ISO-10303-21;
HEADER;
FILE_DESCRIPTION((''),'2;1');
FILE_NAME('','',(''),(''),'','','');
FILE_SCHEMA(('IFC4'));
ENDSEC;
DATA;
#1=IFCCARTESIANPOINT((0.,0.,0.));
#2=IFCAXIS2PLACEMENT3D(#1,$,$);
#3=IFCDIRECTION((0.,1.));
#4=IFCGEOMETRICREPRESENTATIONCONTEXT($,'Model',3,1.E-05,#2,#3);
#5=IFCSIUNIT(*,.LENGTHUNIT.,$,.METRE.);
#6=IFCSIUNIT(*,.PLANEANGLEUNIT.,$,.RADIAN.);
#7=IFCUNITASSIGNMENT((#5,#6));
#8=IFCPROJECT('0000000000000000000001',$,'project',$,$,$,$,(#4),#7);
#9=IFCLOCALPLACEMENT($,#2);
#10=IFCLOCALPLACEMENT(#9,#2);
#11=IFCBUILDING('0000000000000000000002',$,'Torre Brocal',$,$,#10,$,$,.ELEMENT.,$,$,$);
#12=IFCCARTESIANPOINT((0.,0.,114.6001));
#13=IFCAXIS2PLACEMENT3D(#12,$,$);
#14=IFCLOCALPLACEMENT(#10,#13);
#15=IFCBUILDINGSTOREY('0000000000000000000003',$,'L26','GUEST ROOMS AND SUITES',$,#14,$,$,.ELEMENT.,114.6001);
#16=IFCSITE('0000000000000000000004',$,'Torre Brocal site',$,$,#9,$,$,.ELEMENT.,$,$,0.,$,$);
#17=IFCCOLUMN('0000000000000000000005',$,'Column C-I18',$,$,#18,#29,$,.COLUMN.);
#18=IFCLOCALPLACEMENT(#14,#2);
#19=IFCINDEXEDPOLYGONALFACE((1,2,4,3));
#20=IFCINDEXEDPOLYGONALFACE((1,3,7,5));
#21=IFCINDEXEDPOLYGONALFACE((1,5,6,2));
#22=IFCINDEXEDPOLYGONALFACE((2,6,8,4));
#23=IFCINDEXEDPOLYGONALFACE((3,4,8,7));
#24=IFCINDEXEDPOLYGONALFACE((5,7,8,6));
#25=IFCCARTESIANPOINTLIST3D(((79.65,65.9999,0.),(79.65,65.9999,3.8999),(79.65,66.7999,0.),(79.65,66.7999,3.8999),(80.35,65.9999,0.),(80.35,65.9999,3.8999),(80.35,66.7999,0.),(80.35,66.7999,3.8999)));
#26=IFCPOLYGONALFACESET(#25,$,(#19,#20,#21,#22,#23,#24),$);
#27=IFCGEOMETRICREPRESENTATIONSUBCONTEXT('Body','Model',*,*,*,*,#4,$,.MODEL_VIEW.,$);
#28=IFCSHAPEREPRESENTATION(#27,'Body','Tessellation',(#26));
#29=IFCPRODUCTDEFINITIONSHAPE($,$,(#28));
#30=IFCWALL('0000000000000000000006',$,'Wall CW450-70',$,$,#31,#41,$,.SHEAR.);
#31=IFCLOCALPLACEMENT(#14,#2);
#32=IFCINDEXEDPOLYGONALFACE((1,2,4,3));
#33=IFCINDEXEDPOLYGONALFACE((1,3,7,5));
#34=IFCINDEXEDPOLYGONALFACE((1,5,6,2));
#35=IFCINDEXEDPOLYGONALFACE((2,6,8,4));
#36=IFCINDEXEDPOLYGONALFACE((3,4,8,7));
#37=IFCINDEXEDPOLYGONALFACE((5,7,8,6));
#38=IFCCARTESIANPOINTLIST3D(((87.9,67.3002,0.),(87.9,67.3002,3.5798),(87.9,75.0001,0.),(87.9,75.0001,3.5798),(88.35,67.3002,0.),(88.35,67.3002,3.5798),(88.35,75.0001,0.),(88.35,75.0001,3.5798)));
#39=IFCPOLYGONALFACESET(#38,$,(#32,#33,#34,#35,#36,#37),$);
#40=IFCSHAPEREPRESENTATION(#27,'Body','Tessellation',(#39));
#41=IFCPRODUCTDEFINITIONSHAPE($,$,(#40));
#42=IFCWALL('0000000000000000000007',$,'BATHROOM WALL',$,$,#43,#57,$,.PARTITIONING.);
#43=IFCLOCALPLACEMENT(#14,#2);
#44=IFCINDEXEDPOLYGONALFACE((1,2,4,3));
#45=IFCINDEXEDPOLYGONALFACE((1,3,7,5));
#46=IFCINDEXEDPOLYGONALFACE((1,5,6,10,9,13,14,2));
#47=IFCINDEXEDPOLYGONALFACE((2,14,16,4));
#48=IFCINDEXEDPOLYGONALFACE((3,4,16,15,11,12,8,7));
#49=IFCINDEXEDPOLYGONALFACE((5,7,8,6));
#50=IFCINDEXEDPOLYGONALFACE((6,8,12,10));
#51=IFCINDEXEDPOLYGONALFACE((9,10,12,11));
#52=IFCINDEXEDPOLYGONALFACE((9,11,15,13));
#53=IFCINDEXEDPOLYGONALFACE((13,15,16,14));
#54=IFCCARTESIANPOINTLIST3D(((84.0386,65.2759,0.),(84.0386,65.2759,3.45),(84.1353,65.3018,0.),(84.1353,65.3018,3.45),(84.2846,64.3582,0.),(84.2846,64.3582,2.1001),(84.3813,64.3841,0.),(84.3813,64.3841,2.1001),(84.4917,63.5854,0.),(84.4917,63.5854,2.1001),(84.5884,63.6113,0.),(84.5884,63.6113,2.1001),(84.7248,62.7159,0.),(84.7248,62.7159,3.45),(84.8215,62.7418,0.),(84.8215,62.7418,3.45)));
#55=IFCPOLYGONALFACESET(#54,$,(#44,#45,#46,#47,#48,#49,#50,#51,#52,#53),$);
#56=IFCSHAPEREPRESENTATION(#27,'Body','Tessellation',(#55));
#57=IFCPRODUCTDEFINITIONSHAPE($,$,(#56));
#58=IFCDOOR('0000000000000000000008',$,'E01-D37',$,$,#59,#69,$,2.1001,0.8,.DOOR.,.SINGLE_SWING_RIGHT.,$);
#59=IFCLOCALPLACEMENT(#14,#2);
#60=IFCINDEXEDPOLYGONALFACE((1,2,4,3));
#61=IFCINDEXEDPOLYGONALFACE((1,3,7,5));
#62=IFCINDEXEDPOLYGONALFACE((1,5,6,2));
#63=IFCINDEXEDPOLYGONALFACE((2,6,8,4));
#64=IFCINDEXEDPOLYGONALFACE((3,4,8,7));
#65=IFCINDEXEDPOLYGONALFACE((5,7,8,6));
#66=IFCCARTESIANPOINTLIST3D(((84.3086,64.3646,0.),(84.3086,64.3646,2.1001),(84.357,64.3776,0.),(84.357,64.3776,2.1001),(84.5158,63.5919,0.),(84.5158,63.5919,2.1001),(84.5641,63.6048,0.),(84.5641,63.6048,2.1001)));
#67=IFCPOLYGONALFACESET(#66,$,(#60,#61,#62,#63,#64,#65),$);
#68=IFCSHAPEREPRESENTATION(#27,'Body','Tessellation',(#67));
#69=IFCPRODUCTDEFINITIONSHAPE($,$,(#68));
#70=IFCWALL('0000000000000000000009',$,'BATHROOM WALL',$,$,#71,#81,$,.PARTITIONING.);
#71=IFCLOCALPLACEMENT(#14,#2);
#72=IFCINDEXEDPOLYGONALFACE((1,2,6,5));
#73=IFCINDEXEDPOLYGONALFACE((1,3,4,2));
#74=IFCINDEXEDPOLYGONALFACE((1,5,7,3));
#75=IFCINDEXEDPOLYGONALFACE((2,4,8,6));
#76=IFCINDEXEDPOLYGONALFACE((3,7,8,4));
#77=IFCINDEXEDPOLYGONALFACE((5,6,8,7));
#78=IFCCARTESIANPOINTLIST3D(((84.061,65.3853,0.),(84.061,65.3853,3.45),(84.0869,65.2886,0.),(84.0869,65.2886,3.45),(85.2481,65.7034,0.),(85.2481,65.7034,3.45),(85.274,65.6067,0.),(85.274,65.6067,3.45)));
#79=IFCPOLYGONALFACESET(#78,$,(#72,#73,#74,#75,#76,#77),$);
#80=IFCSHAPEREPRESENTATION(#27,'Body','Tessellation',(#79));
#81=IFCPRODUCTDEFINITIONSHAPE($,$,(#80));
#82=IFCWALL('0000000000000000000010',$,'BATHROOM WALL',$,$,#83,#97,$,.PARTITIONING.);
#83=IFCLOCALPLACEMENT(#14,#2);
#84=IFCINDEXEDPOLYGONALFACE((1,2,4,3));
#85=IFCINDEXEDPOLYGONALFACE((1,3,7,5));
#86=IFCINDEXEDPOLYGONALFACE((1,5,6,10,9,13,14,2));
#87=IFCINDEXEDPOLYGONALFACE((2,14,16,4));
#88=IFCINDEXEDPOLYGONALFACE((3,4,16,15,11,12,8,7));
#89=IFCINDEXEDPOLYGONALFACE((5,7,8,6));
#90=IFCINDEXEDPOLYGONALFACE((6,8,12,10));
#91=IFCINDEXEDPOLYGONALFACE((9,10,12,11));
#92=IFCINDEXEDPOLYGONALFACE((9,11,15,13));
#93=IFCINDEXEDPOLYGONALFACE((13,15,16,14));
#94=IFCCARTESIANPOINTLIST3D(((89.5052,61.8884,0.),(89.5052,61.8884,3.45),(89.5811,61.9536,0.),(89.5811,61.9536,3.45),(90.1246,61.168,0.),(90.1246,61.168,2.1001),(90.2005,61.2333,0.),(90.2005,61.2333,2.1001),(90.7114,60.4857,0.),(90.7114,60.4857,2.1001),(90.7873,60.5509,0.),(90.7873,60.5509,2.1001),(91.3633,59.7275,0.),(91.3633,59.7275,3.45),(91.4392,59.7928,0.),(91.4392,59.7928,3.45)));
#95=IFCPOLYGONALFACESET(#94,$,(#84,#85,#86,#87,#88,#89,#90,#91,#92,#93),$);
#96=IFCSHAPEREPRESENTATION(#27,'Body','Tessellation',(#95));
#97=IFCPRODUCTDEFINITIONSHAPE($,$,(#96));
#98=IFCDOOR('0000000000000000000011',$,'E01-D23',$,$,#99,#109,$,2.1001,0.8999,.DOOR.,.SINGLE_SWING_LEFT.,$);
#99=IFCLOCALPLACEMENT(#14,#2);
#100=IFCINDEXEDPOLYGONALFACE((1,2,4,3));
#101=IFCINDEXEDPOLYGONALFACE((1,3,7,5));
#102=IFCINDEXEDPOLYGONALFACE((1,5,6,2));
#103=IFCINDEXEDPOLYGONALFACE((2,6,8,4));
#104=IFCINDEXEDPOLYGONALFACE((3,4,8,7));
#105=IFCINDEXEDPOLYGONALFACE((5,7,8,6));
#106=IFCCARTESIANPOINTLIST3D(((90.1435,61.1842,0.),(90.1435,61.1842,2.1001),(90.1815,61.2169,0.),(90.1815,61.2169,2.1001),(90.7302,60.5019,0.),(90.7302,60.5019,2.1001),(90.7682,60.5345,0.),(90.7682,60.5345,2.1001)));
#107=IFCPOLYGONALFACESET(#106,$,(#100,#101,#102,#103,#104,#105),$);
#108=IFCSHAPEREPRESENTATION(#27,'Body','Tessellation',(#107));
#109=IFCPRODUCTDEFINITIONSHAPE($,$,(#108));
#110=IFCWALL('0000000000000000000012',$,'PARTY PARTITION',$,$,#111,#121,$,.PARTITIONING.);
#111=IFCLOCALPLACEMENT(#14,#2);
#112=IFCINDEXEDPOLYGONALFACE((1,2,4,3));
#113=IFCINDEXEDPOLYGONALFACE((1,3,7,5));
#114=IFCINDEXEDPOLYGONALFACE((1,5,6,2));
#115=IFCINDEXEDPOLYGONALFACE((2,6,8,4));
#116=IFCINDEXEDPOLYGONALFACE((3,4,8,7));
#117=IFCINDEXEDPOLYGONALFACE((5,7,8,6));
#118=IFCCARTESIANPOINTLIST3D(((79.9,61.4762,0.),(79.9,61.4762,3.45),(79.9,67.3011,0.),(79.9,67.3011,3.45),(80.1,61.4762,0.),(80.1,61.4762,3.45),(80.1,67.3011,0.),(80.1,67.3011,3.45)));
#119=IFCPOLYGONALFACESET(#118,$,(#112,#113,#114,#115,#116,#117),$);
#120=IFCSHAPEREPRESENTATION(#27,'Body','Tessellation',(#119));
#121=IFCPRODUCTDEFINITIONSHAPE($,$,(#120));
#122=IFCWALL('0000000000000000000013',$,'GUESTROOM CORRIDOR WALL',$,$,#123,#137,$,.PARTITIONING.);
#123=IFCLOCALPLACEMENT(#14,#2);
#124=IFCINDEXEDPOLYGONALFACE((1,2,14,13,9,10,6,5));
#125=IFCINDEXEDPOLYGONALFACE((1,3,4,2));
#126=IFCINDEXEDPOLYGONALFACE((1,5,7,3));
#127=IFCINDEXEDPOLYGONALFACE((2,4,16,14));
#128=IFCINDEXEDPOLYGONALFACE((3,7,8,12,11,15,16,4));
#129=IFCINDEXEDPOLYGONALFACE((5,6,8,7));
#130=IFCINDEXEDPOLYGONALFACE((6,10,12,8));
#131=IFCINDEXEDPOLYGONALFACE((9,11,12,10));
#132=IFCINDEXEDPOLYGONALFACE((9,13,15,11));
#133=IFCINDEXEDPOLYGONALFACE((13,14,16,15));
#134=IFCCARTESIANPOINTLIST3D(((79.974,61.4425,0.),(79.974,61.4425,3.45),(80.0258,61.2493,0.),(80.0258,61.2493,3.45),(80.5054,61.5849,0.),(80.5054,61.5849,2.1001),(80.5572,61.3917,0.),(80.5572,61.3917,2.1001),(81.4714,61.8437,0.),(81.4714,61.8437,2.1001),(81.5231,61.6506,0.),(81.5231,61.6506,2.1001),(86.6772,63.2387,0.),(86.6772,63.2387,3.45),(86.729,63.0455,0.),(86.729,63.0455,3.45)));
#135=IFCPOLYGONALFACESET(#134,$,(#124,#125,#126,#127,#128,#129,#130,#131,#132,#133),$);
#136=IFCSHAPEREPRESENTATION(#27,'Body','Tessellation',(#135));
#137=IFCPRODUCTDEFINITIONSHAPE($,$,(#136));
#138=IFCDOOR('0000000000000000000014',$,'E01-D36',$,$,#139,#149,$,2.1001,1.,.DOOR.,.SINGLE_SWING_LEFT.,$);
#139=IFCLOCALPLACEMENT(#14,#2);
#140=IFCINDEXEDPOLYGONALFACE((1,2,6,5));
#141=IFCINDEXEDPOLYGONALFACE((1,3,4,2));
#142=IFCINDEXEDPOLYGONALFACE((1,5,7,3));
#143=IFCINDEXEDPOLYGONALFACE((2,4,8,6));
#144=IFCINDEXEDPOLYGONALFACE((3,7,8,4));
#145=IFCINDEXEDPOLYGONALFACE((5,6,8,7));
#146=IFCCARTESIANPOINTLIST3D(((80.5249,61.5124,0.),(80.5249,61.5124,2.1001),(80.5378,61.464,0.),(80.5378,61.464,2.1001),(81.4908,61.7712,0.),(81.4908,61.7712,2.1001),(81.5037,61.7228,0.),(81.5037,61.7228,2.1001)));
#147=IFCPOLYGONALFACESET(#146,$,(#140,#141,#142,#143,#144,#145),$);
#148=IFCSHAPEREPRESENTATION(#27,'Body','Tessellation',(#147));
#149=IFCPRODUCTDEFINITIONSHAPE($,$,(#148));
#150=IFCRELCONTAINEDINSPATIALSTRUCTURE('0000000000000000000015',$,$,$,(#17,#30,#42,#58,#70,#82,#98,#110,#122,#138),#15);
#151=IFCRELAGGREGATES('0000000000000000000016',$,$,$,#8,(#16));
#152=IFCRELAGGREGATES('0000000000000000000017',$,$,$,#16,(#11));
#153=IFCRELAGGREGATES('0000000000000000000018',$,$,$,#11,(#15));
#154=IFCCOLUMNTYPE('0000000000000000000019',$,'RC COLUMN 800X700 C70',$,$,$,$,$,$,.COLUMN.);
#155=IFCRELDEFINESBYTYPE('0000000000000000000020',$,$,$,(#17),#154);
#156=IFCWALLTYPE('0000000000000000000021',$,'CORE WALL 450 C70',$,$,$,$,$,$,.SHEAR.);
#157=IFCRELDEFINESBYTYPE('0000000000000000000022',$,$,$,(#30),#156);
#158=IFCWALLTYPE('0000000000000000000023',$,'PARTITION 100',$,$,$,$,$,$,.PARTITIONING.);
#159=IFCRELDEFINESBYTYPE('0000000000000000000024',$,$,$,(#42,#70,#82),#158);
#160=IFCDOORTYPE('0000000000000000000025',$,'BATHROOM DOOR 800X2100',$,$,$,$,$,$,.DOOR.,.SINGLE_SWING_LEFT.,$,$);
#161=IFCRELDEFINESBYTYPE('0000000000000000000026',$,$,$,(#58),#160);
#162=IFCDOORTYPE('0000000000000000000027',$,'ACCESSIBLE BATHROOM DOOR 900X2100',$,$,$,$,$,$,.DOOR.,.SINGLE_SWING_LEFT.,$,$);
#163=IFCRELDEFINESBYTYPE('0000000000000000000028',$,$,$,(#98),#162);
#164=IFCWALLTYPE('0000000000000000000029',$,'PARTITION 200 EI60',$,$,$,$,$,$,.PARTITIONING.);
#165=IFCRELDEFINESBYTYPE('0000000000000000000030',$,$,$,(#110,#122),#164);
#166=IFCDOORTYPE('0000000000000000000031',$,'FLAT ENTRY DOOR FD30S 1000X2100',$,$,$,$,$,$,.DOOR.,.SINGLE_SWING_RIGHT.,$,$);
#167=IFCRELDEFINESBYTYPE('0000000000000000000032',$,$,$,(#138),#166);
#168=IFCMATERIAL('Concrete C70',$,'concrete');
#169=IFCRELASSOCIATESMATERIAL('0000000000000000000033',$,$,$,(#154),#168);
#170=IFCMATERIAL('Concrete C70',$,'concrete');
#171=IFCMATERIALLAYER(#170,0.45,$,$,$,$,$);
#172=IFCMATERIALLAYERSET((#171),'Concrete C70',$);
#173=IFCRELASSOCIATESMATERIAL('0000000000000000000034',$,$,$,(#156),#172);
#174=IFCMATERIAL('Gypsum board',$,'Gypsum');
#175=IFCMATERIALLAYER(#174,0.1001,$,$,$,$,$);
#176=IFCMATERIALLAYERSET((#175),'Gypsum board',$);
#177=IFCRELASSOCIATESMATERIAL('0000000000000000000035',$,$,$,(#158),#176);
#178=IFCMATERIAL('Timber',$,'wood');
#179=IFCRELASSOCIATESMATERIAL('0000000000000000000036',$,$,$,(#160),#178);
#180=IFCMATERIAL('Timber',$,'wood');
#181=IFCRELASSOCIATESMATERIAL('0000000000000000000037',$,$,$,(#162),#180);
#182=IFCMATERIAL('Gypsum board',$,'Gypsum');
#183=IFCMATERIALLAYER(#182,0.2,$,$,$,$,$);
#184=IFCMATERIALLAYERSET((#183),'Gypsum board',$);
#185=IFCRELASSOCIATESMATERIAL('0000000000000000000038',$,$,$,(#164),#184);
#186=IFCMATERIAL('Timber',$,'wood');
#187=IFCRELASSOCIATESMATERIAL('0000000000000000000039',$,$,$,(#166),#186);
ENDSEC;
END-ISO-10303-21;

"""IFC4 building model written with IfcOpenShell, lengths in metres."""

from ifc_helpers import new_model, si_unit, direction, frame, frame_2d, origin, origin_2d, place, context, subcontext, project, spatial, rectangle, extrude, material, layer, layer_set, material_profile, profile_set, type_object, element, fill, save


model = new_model("IFC4")

# Units and contexts
model_context = context("Model", 3, precision=1e-05, world=origin(), true_north=direction((0.0, 1.0)))
body_context = subcontext(model_context, "Body", "Model", "MODEL_VIEW")
ifc_project = project(units=[si_unit("LENGTHUNIT", "METRE"), si_unit("PLANEANGLEUNIT", "RADIAN")], contexts=[model_context])

# Site, building, storey
site_placement = place(None, origin())
site = spatial("IfcSite", under=ifc_project, at=site_placement, Name="Torre Brocal site", CompositionType="ELEMENT", RefElevation=0.0)
building_placement = place(site_placement, origin())
building = spatial("IfcBuilding", under=site, at=building_placement, Name="Torre Brocal", CompositionType="ELEMENT")
storey_placement = place(building_placement, frame((0.0, 0.0, 114.6001)))
storey = spatial("IfcBuildingStorey", under=building, at=storey_placement, Name="L26", Description="GUEST ROOMS AND SUITES", CompositionType="ELEMENT", Elevation=114.6001)

# Column
ifc_material_1 = material(Name="Concrete C70", Category="concrete")
ifc_material_profile = material_profile(ifc_material_1, rectangle(XDim=0.8, YDim=0.7, at=origin_2d()), Name="RC 800X700")
ifc_profile_set = profile_set([ifc_material_profile], Name="Concrete C70")
column_type = type_object("IfcColumnType", Name="RC COLUMN 800X700 C70", PredefinedType="COLUMN", material=ifc_profile_set)
column_placement = place(storey_placement, frame((80.0, 66.3999, 0.0), z_axis=(0.0, 0.0, 1.0), x_axis=(0.0, -1.0, 0.0)))
element("IfcColumn", 1, at=column_placement, inside=storey, type_object=column_type, Name="Column C-I18", PredefinedType="COLUMN", context=body_context, shape_type="SweptSolid", body=[
    extrude(rectangle(XDim=0.8, YDim=0.7, at=origin_2d()), origin(), (0.0, 0.0, 1.0), 3.8999),
])

# Wall
ifc_material_2 = material(Name="Concrete C70", Category="concrete")
ifc_layer_1 = layer(ifc_material_2, 0.45)
ifc_layer_set_1 = layer_set([ifc_layer_1], Name="Concrete C70")
wall_type_1 = type_object("IfcWallType", Name="CORE WALL 450 C70", PredefinedType="SHEAR", material=ifc_layer_set_1)
wall_1_placement = place(storey_placement, frame((88.125, 67.3, 0.0), z_axis=(0.0, 0.0, 1.0), x_axis=(0.0, 1.0, 0.0)))
element("IfcWall", 2, at=wall_1_placement, inside=storey, type_object=wall_type_1, Name="Wall CW450-70", PredefinedType="SHEAR", context=body_context, shape_type="SweptSolid", body=[
    extrude(rectangle(XDim=7.7, YDim=0.45, at=frame_2d((3.8501, 0.0))), origin(), (0.0, 0.0, 1.0), 3.5798),
])

# Wall, opening, door
ifc_material_3 = material(Name="Gypsum board", Category="Gypsum")
ifc_layer_2 = layer(ifc_material_3, 0.1001)
ifc_layer_set_2 = layer_set([ifc_layer_2], Name="Gypsum board")
wall_type_2 = type_object("IfcWallType", Name="PARTITION 100", PredefinedType="PARTITIONING", material=ifc_layer_set_2)
wall_2_placement = place(storey_placement, frame((84.0869, 65.2888, 0.0), z_axis=(0.0, 0.0, 1.0), x_axis=(0.258929, -0.965896, 0.0)))
wall_2 = element("IfcWall", 3, at=wall_2_placement, inside=storey, type_object=wall_type_2, Name="BATHROOM WALL", PredefinedType="PARTITIONING", context=body_context, shape_type="SweptSolid", body=[
    extrude(rectangle(XDim=2.6504, YDim=0.1001, at=frame_2d((1.3252, 0.0))), origin(), (0.0, 0.0, 1.0), 3.45),
])
opening_1_placement = place(wall_2_placement, frame((0.9502, 0.0, 0.0)))
opening_1 = element("IfcOpeningElement", 4, at=opening_1_placement, cuts=wall_2, PredefinedType="OPENING", context=body_context, shape_type="SweptSolid", body=[
    extrude(rectangle(XDim=0.8, YDim=2.1001, at=frame_2d((0.3999, 1.05))), frame((0.0, 0.0601, 0.0), z_axis=(0.0, -1.0, 0.0), x_axis=(1.0, 0.0, 0.0)), (0.0, 0.0, 1.0), 0.1201),
])
ifc_material_4 = material(Name="Timber", Category="wood")
door_type_1 = type_object("IfcDoorType", Name="BATHROOM DOOR 800X2100", OperationType="SINGLE_SWING_LEFT", PredefinedType="DOOR", material=ifc_material_4)
door_1_placement = place(opening_1_placement, origin())
door_1 = element("IfcDoor", 5, at=door_1_placement, inside=storey, type_object=door_type_1, Name="E01-D37", OperationType="SINGLE_SWING_RIGHT", OverallHeight=2.1001, OverallWidth=0.8, PredefinedType="DOOR", context=body_context, shape_type="SweptSolid", body=[
    extrude(rectangle(XDim=0.8, YDim=2.1001, at=frame_2d((0.3999, 1.05))), frame((0.0, 0.0249, 0.0), z_axis=(0.0, -1.0, 0.0), x_axis=(1.0, 0.0, 0.0)), (0.0, 0.0, 1.0), 0.05),
])
fill(opening_1, door_1)

# Wall
wall_3_placement = place(storey_placement, frame((84.074, 65.3369, 0.0), z_axis=(0.0, 0.0, 1.0), x_axis=(0.965914, 0.258862, 0.0)))
element("IfcWall", 6, at=wall_3_placement, inside=storey, type_object=wall_type_2, Name="BATHROOM WALL", PredefinedType="PARTITIONING", context=body_context, shape_type="SweptSolid", body=[
    extrude(rectangle(XDim=1.229, YDim=0.1001, at=frame_2d((0.6145, 0.0))), origin(), (0.0, 0.0, 1.0), 3.45),
])

# Wall, opening, door
wall_4_placement = place(storey_placement, frame((89.5432, 61.9209, 0.0), z_axis=(0.0, 0.0, 1.0), x_axis=(0.651997, -0.758222, 0.0)))
wall_4 = element("IfcWall", 7, at=wall_4_placement, inside=storey, type_object=wall_type_2, Name="BATHROOM WALL", PredefinedType="PARTITIONING", context=body_context, shape_type="SweptSolid", body=[
    extrude(rectangle(XDim=2.8499, YDim=0.1001, at=frame_2d((1.4248, 0.0))), origin(), (0.0, 0.0, 1.0), 3.45),
])
opening_2_placement = place(wall_4_placement, frame((0.95, 0.0, 0.0)))
opening_2 = element("IfcOpeningElement", 8, at=opening_2_placement, cuts=wall_4, PredefinedType="OPENING", context=body_context, shape_type="SweptSolid", body=[
    extrude(rectangle(XDim=0.8999, YDim=2.1001, at=frame_2d((0.45, 1.05))), frame((0.0, 0.0601, 0.0), z_axis=(0.0, -1.0, 0.0), x_axis=(1.0, 0.0, 0.0)), (0.0, 0.0, 1.0), 0.1201),
])
ifc_material_5 = material(Name="Timber", Category="wood")
door_type_2 = type_object("IfcDoorType", Name="ACCESSIBLE BATHROOM DOOR 900X2100", OperationType="SINGLE_SWING_LEFT", PredefinedType="DOOR", material=ifc_material_5)
door_2_placement = place(opening_2_placement, origin())
door_2 = element("IfcDoor", 9, at=door_2_placement, inside=storey, type_object=door_type_2, Name="E01-D23", OperationType="SINGLE_SWING_LEFT", OverallHeight=2.1001, OverallWidth=0.8999, PredefinedType="DOOR", context=body_context, shape_type="SweptSolid", body=[
    extrude(rectangle(XDim=0.8999, YDim=2.1001, at=frame_2d((0.45, 1.05))), frame((0.0, 0.0249, 0.0), z_axis=(0.0, -1.0, 0.0), x_axis=(1.0, 0.0, 0.0)), (0.0, 0.0, 1.0), 0.05),
])
fill(opening_2, door_2)

# Wall
ifc_material_6 = material(Name="Gypsum board", Category="Gypsum")
ifc_layer_3 = layer(ifc_material_6, 0.2)
ifc_layer_set_3 = layer_set([ifc_layer_3], Name="Gypsum board")
wall_type_3 = type_object("IfcWallType", Name="PARTITION 200 EI60", PredefinedType="PARTITIONING", material=ifc_layer_set_3)
wall_5_placement = place(storey_placement, frame((80.0, 61.4761, 0.0), z_axis=(0.0, 0.0, 1.0), x_axis=(0.0, 1.0, 0.0)))
element("IfcWall", 10, at=wall_5_placement, inside=storey, type_object=wall_type_3, Name="PARTY PARTITION", PredefinedType="PARTITIONING", context=body_context, shape_type="SweptSolid", body=[
    extrude(rectangle(XDim=5.825, YDim=0.2, at=frame_2d((2.9126, 0.0))), origin(), (0.0, 0.0, 1.0), 3.45),
])

# Wall, opening, door
wall_6_placement = place(storey_placement, frame((80.0, 61.3459, 0.0), z_axis=(0.0, 0.0, 1.0), x_axis=(0.965924, 0.258825, 0.0)))
wall_6 = element("IfcWall", 11, at=wall_6_placement, inside=storey, type_object=wall_type_3, Name="GUESTROOM CORRIDOR WALL", PredefinedType="PARTITIONING", context=body_context, shape_type="SweptSolid", body=[
    extrude(rectangle(XDim=6.9397, YDim=0.2, at=frame_2d((3.4697, 0.0))), origin(), (0.0, 0.0, 1.0), 3.45),
])
opening_3_placement = place(wall_6_placement, frame((0.55, 0.0, 0.0)))
opening_3 = element("IfcOpeningElement", 12, at=opening_3_placement, cuts=wall_6, PredefinedType="OPENING", context=body_context, shape_type="SweptSolid", body=[
    extrude(rectangle(XDim=1.0, YDim=2.1001, at=frame_2d((0.5, 1.05))), frame((0.0, 0.1099, 0.0), z_axis=(0.0, -1.0, 0.0), x_axis=(1.0, 0.0, 0.0)), (0.0, 0.0, 1.0), 0.22),
])
ifc_material_7 = material(Name="Timber", Category="wood")
door_type_3 = type_object("IfcDoorType", Name="FLAT ENTRY DOOR FD30S 1000X2100", OperationType="SINGLE_SWING_RIGHT", PredefinedType="DOOR", material=ifc_material_7)
door_3_placement = place(opening_3_placement, origin())
door_3 = element("IfcDoor", 13, at=door_3_placement, inside=storey, type_object=door_type_3, Name="E01-D36", OperationType="SINGLE_SWING_LEFT", OverallHeight=2.1001, OverallWidth=1.0, PredefinedType="DOOR", context=body_context, shape_type="SweptSolid", body=[
    extrude(rectangle(XDim=1.0, YDim=2.1001, at=frame_2d((0.5, 1.05))), frame((0.0, 0.0249, 0.0), z_axis=(0.0, -1.0, 0.0), x_axis=(1.0, 0.0, 0.0)), (0.0, 0.0, 1.0), 0.05),
])
fill(opening_3, door_3)

save(model, "model.ifc")
